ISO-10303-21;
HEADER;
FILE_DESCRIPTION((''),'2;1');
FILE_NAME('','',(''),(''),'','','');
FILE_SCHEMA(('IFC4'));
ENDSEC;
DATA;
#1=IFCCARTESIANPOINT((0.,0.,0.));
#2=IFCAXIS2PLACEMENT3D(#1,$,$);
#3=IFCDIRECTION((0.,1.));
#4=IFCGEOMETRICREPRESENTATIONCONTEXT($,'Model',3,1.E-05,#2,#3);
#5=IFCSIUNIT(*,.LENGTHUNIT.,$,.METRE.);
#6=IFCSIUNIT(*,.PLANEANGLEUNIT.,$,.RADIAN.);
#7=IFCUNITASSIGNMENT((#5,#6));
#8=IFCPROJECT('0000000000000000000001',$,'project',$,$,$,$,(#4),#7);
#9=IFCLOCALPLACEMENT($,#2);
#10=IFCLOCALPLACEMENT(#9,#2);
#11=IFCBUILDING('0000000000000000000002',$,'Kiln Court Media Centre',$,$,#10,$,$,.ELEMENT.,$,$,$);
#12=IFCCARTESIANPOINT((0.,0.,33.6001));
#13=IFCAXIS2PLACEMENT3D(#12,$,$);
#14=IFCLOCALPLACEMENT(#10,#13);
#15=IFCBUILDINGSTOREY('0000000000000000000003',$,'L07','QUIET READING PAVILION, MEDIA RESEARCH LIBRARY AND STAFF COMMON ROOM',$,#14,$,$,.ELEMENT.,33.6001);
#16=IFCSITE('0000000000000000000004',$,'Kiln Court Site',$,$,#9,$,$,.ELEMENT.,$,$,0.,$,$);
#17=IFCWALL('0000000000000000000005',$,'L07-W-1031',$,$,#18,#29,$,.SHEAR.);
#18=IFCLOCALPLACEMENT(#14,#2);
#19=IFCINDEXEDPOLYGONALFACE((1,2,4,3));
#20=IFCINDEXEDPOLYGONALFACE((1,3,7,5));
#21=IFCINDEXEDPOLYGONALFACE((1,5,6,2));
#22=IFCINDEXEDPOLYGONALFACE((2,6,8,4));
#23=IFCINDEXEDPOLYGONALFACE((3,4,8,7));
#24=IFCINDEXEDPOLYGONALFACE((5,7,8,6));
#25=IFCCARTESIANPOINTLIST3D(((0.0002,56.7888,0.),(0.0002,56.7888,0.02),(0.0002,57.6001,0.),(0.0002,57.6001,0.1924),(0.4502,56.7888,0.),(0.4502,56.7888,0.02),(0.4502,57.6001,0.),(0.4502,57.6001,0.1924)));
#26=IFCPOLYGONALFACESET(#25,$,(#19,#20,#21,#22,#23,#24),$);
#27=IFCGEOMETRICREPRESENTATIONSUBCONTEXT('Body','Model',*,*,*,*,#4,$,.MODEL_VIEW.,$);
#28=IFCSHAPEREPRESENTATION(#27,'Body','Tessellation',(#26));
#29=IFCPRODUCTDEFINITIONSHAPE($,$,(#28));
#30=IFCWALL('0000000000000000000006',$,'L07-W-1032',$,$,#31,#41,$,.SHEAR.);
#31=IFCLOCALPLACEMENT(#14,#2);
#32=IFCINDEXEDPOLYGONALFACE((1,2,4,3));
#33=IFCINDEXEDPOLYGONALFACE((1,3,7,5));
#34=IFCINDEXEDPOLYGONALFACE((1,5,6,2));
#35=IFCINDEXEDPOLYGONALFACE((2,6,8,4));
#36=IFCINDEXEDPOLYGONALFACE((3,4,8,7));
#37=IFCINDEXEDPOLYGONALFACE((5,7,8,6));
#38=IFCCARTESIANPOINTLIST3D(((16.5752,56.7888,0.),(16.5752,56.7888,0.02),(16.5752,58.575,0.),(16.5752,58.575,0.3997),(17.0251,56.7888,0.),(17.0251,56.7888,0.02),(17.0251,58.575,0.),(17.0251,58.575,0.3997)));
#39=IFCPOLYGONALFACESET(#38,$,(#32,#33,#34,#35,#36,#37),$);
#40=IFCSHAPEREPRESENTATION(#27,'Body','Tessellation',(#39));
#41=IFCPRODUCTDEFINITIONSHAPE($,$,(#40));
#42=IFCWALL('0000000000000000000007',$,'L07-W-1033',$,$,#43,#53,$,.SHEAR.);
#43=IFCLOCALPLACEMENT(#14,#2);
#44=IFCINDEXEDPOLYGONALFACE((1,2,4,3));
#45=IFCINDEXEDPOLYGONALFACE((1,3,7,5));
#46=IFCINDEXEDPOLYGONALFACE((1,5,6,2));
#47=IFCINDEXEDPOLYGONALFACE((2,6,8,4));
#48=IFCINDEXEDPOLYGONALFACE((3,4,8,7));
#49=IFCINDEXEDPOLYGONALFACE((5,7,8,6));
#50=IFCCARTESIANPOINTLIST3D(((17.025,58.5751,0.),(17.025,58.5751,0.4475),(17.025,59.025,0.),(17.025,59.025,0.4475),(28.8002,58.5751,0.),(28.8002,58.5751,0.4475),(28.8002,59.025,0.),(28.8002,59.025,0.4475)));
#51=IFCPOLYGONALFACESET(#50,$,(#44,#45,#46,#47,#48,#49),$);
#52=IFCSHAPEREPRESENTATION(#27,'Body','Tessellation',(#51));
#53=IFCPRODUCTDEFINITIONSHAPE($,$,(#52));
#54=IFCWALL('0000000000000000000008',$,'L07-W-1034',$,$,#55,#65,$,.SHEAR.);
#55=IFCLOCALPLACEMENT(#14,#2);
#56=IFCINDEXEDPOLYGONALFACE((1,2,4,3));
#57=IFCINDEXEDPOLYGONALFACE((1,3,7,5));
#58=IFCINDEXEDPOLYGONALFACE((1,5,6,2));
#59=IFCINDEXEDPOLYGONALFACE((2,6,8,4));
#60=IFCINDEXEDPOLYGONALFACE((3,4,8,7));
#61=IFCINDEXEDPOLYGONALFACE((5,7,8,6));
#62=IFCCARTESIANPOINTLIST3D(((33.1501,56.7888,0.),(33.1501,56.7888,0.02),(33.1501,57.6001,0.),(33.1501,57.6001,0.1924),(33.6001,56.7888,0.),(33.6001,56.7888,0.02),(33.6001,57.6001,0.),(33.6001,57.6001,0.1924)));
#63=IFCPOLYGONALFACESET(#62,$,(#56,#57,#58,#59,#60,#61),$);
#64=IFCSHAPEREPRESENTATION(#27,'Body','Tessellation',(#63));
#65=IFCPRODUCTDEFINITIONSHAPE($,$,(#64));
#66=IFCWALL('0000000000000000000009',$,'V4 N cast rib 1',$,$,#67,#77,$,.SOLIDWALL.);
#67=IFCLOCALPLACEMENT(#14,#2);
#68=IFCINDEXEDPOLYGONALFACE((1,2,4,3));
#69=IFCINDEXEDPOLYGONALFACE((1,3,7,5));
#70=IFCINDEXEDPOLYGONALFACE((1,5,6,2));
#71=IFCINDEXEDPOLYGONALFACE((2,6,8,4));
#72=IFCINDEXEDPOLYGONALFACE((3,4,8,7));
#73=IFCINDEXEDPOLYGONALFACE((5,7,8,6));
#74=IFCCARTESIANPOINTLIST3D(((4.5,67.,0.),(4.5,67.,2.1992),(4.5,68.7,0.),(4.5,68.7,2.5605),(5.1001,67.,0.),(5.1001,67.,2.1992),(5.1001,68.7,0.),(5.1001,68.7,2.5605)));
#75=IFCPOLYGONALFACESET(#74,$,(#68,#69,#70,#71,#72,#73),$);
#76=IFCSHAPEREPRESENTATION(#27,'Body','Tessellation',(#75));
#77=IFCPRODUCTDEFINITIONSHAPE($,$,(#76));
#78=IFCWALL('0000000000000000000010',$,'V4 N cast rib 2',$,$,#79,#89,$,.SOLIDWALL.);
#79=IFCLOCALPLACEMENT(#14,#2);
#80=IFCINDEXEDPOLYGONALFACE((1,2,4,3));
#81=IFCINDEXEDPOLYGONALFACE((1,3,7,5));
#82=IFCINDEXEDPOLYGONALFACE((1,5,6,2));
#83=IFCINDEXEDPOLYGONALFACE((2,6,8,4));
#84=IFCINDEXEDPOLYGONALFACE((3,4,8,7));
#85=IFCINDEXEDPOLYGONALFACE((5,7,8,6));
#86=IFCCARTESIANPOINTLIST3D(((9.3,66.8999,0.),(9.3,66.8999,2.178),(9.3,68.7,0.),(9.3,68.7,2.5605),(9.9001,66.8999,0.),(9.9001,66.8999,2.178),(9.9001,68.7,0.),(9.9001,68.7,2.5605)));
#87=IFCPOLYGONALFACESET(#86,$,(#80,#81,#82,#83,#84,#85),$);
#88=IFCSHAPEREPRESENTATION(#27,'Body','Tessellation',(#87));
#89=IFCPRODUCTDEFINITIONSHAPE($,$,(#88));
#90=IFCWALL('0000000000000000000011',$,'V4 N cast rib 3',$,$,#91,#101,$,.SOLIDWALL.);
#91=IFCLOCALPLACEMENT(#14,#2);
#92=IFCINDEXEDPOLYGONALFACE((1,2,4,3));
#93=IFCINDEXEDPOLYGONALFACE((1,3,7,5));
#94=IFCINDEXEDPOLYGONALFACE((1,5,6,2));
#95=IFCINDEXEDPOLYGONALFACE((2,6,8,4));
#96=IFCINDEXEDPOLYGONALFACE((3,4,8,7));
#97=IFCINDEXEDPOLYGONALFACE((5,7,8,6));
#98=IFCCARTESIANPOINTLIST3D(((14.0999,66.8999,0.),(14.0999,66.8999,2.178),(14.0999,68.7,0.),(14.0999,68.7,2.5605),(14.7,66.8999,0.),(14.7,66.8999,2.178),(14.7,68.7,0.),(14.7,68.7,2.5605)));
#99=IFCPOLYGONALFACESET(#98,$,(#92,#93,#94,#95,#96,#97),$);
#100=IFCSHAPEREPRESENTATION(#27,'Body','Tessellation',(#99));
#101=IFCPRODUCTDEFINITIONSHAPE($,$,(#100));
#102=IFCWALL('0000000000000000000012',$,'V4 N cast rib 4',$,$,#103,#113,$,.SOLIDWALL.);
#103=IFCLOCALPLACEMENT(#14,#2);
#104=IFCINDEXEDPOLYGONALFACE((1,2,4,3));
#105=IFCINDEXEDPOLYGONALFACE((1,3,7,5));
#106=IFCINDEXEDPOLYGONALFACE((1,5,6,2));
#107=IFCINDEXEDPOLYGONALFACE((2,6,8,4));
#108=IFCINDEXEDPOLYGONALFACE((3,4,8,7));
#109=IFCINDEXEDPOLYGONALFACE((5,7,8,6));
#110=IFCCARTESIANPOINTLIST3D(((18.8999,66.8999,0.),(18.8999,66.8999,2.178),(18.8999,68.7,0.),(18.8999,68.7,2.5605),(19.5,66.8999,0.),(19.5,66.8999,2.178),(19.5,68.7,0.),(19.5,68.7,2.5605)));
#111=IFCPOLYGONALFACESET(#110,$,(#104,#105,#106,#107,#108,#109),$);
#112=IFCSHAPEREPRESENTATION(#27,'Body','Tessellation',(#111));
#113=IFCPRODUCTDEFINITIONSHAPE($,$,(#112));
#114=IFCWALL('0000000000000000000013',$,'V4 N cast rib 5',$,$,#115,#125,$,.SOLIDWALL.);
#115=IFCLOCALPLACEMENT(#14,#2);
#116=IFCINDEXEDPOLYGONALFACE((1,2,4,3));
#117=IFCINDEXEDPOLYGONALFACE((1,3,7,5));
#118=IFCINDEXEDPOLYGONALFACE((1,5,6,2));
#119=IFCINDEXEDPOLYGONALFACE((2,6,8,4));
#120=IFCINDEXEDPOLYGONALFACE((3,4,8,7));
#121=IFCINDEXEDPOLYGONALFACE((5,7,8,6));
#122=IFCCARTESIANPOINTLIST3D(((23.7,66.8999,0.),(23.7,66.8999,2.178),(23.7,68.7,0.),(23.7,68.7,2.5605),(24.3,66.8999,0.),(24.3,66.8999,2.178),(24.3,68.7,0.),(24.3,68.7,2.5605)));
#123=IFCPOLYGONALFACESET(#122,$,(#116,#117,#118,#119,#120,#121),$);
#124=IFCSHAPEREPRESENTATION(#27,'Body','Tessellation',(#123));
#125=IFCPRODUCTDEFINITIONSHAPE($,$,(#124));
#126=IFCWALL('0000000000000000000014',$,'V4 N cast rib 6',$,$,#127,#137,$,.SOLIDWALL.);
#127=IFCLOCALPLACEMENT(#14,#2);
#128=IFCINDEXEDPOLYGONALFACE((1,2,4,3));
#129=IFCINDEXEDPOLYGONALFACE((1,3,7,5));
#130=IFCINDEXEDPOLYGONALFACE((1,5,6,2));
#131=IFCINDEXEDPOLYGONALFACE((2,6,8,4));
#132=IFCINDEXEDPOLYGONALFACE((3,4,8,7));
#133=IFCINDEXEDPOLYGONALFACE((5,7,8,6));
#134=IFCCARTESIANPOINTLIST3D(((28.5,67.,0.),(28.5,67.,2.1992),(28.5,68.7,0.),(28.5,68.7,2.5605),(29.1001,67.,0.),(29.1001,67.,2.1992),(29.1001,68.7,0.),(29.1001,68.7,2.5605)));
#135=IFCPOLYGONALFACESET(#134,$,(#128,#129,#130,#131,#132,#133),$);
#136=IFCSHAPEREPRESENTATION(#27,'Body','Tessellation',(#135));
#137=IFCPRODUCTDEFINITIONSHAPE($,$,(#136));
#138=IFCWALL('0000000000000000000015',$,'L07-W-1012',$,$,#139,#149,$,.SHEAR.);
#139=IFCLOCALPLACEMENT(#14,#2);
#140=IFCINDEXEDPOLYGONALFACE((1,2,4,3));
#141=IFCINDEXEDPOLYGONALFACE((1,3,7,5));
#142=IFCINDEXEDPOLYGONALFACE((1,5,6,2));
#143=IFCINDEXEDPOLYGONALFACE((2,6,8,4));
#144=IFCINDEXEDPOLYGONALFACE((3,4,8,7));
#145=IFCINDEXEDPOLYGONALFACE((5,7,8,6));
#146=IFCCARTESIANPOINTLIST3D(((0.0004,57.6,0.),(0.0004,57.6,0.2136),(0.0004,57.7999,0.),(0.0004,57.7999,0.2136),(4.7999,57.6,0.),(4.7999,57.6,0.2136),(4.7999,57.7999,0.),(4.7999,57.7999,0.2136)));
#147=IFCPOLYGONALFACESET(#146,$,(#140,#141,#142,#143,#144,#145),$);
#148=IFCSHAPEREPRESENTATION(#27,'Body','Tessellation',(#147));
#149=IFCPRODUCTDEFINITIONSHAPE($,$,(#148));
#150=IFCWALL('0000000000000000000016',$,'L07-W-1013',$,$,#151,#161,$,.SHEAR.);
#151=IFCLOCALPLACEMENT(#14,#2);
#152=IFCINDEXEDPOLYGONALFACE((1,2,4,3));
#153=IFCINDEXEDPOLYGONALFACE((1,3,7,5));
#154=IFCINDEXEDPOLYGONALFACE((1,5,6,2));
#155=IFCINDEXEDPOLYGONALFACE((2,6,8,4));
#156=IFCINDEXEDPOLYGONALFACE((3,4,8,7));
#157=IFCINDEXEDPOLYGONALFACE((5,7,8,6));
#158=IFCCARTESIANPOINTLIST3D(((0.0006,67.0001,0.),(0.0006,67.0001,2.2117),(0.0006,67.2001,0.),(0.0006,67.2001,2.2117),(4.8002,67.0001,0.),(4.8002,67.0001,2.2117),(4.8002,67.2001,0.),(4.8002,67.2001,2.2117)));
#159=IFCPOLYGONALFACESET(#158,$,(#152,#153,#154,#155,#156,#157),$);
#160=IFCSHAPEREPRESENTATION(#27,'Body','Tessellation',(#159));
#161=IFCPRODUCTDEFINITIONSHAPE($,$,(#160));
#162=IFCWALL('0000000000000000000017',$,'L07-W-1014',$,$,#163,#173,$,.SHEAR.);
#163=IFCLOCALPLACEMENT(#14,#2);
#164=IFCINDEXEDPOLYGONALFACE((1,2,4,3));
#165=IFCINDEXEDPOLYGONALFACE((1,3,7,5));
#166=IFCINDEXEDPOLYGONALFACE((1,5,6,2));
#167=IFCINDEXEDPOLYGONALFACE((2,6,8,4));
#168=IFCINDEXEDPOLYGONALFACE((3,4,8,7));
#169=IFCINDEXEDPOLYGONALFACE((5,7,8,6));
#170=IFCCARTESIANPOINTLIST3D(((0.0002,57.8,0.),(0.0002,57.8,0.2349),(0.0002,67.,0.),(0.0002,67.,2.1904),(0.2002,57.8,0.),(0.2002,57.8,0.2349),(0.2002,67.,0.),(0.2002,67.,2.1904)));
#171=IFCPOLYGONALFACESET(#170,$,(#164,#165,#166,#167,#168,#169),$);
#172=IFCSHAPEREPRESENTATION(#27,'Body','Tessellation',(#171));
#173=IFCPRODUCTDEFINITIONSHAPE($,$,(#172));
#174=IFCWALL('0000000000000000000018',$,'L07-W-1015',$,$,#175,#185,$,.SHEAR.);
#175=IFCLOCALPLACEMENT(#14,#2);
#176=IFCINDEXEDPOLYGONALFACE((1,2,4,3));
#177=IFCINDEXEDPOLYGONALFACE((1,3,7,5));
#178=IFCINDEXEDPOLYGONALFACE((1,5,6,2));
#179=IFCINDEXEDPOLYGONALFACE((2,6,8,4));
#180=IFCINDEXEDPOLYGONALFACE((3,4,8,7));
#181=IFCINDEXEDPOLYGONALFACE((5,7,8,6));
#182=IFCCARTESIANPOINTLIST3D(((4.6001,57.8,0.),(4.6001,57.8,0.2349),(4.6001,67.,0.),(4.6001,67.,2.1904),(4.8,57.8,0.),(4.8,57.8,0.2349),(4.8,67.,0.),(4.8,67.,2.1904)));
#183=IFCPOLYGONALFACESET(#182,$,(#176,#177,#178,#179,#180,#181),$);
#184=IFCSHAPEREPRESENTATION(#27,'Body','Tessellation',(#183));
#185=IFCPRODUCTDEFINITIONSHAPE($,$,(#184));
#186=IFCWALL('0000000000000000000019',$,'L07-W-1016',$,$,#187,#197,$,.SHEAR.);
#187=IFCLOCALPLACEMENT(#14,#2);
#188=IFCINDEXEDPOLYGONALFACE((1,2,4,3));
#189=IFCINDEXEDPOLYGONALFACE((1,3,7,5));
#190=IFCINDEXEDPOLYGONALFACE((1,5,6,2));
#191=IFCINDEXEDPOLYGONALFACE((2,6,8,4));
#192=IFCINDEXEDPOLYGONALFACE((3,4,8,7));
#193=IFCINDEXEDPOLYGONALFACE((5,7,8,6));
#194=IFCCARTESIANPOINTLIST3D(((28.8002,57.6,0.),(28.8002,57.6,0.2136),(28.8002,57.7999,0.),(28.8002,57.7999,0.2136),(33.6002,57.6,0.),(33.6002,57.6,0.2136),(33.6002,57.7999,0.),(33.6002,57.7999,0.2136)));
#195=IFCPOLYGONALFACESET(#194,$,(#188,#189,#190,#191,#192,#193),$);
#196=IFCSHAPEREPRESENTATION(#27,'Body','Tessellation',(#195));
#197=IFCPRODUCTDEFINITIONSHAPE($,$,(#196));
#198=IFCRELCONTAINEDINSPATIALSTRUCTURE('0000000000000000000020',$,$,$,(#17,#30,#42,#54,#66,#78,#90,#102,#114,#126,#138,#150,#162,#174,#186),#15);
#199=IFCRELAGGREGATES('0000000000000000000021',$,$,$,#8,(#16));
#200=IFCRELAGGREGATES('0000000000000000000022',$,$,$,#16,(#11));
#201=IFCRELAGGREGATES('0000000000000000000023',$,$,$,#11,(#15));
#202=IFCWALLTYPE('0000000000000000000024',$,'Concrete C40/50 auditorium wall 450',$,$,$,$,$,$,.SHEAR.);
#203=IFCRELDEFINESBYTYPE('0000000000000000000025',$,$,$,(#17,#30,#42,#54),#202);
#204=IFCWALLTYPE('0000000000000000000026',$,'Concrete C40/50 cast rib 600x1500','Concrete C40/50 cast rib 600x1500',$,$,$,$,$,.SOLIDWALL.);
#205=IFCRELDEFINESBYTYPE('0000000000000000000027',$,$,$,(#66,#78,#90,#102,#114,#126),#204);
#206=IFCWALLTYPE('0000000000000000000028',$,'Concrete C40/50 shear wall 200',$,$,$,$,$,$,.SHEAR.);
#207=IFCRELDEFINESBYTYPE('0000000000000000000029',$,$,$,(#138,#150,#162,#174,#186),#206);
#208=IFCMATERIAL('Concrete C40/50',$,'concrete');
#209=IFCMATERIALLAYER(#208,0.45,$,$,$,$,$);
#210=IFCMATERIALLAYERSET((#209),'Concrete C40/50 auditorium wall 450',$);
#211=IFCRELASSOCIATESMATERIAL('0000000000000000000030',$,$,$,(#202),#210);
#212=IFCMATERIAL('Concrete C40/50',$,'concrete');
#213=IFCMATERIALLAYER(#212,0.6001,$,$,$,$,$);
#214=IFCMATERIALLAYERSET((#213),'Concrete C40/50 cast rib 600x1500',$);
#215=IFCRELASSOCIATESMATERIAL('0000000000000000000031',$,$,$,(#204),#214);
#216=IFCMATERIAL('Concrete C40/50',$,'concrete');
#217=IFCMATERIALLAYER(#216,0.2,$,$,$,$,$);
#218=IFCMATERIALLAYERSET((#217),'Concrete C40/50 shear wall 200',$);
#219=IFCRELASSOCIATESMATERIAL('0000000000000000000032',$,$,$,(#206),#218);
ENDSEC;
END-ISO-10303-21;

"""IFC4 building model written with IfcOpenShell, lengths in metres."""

from ifc_helpers import new_model, si_unit, direction, frame, frame_2d, origin, place, context, subcontext, project, spatial, polyline, rectangle, outline, extrude, material, layer, layer_set, type_object, element, save


model = new_model("IFC4")

# Units and contexts
model_context = context("Model", 3, precision=1e-05, world=origin(), true_north=direction((0.0, 1.0)))
body_context = subcontext(model_context, "Body", "Model", "MODEL_VIEW")
ifc_project = project(units=[si_unit("LENGTHUNIT", "METRE"), si_unit("PLANEANGLEUNIT", "RADIAN")], contexts=[model_context])

# Site, building, storey
site_placement = place(None, origin())
site = spatial("IfcSite", under=ifc_project, at=site_placement, Name="Kiln Court Site", CompositionType="ELEMENT", RefElevation=0.0)
building_placement = place(site_placement, origin())
building = spatial("IfcBuilding", under=site, at=building_placement, Name="Kiln Court Media Centre", CompositionType="ELEMENT")
storey_placement = place(building_placement, frame((0.0, 0.0, 33.6001)))
storey = spatial("IfcBuildingStorey", under=building, at=storey_placement, Name="L07", Description="QUIET READING PAVILION, MEDIA RESEARCH LIBRARY AND STAFF COMMON ROOM", CompositionType="ELEMENT", Elevation=33.6001)

# Walls
ifc_material_1 = material(Name="Concrete C40/50", Category="concrete")
ifc_layer_1 = layer(ifc_material_1, 0.45)
ifc_layer_set_1 = layer_set([ifc_layer_1], Name="Concrete C40/50 auditorium wall 450")
wall_type_1 = type_object("IfcWallType", Name="Concrete C40/50 auditorium wall 450", PredefinedType="SHEAR", material=ifc_layer_set_1)
wall_1_placement = place(storey_placement, frame((0.2253, 56.7888, 0.0), z_axis=(0.0, 0.0, 1.0), x_axis=(0.0, 1.0, 0.0)))
element("IfcWall", 1, at=wall_1_placement, inside=storey, type_object=wall_type_1, Name="L07-W-1031", PredefinedType="SHEAR", context=body_context, shape_type="SweptSolid", body=[
    extrude(outline(polyline([(0.0, 0.0), (0.8113, 0.0), (0.8113, 0.1924), (0.0, 0.02), (0.0, 0.0)])), frame((0.0, 0.2251, 0.0), z_axis=(0.0, -1.0, 0.0), x_axis=(1.0, 0.0, 0.0)), (0.0, 0.0, 1.0), 0.45),
])
wall_2_placement = place(storey_placement, frame((16.8, 58.575, 0.0), z_axis=(0.0, 0.0, 1.0), x_axis=(0.0, -1.0, 0.0)))
element("IfcWall", 2, at=wall_2_placement, inside=storey, type_object=wall_type_1, Name="L07-W-1032", PredefinedType="SHEAR", context=body_context, shape_type="SweptSolid", body=[
    extrude(outline(polyline([(0.0, 0.0), (1.7861, 0.0), (1.7861, 0.02), (0.0, 0.3997), (0.0, 0.0)])), frame((0.0, 0.2251, 0.0), z_axis=(0.0, -1.0, 0.0), x_axis=(1.0, 0.0, 0.0)), (0.0, 0.0, 1.0), 0.45),
])
wall_3_placement = place(storey_placement, frame((17.0249, 58.8, 0.0), z_axis=(0.0, 0.0, 1.0), x_axis=(1.0, 0.0, 0.0)))
element("IfcWall", 3, at=wall_3_placement, inside=storey, type_object=wall_type_1, Name="L07-W-1033", PredefinedType="SHEAR", context=body_context, shape_type="SweptSolid", body=[
    extrude(rectangle(XDim=11.7751, YDim=0.45, at=frame_2d((5.8877, 0.0))), origin(), (0.0, 0.0, 1.0), 0.4475),
])
wall_4_placement = place(storey_placement, frame((33.375, 57.6001, 0.0), z_axis=(0.0, 0.0, 1.0), x_axis=(0.0, -1.0, 0.0)))
element("IfcWall", 4, at=wall_4_placement, inside=storey, type_object=wall_type_1, Name="L07-W-1034", PredefinedType="SHEAR", context=body_context, shape_type="SweptSolid", body=[
    extrude(outline(polyline([(0.0, 0.0), (0.8113, 0.0), (0.8113, 0.02), (0.0, 0.1924), (0.0, 0.0)])), frame((0.0, 0.2251, 0.0), z_axis=(0.0, -1.0, 0.0), x_axis=(1.0, 0.0, 0.0)), (0.0, 0.0, 1.0), 0.45),
])
ifc_material_2 = material(Name="Concrete C40/50", Category="concrete")
ifc_layer_2 = layer(ifc_material_2, 0.6001)
ifc_layer_set_2 = layer_set([ifc_layer_2], Name="Concrete C40/50 cast rib 600x1500")
wall_type_2 = type_object("IfcWallType", Name="Concrete C40/50 cast rib 600x1500", Description="Concrete C40/50 cast rib 600x1500", PredefinedType="SOLIDWALL", material=ifc_layer_set_2)
wall_5_placement = place(storey_placement, frame((4.8, 67.0, 0.0), z_axis=(0.0, 0.0, 1.0), x_axis=(0.0, 1.0, 0.0)))
element("IfcWall", 5, at=wall_5_placement, inside=storey, type_object=wall_type_2, Name="V4 N cast rib 1", PredefinedType="SOLIDWALL", context=body_context, shape_type="SweptSolid", body=[
    extrude(outline(polyline([(0.0, 0.0), (1.7, 0.0), (1.7, 2.5605), (0.0, 2.1992), (0.0, 0.0)])), frame((0.0, 0.3, 0.0), z_axis=(0.0, -1.0, 0.0), x_axis=(1.0, 0.0, 0.0)), (0.0, 0.0, 1.0), 0.6001),
])
for number, where, z_axis, x_axis, name in (
    (6, (9.6001, 66.8999, 0.0), (0.0, 0.0, 1.0), (0.0, 1.0, 0.0), "V4 N cast rib 2"),
    (7, (14.3999, 66.8999, 0.0), (0.0, 0.0, 1.0), (0.0, 1.0, 0.0), "V4 N cast rib 3"),
    (8, (19.2, 66.8999, 0.0), (0.0, 0.0, 1.0), (0.0, 1.0, 0.0), "V4 N cast rib 4"),
    (9, (24.0, 66.8999, 0.0), (0.0, 0.0, 1.0), (0.0, 1.0, 0.0), "V4 N cast rib 5"),
):
    element("IfcWall", number, at=place(storey_placement, frame(where, z_axis=z_axis, x_axis=x_axis)), inside=storey, type_object=wall_type_2, Name=name, PredefinedType="SOLIDWALL", context=body_context, shape_type="SweptSolid", body=[
        extrude(outline(polyline([(0.0, 0.0), (1.8, 0.0), (1.8, 2.5605), (0.0, 2.178), (0.0, 0.0)])), frame((0.0, 0.3, 0.0), z_axis=(0.0, -1.0, 0.0), x_axis=(1.0, 0.0, 0.0)), (0.0, 0.0, 1.0), 0.6001),
    ])
wall_6_placement = place(storey_placement, frame((28.8, 67.0, 0.0), z_axis=(0.0, 0.0, 1.0), x_axis=(0.0, 1.0, 0.0)))
element("IfcWall", 10, at=wall_6_placement, inside=storey, type_object=wall_type_2, Name="V4 N cast rib 6", PredefinedType="SOLIDWALL", context=body_context, shape_type="SweptSolid", body=[
    extrude(outline(polyline([(0.0, 0.0), (1.7, 0.0), (1.7, 2.5605), (0.0, 2.1992), (0.0, 0.0)])), frame((0.0, 0.3, 0.0), z_axis=(0.0, -1.0, 0.0), x_axis=(1.0, 0.0, 0.0)), (0.0, 0.0, 1.0), 0.6001),
])
ifc_material_3 = material(Name="Concrete C40/50", Category="concrete")
ifc_layer_3 = layer(ifc_material_3, 0.2)
ifc_layer_set_3 = layer_set([ifc_layer_3], Name="Concrete C40/50 shear wall 200")
wall_type_3 = type_object("IfcWallType", Name="Concrete C40/50 shear wall 200", PredefinedType="SHEAR", material=ifc_layer_set_3)
wall_7_placement = place(storey_placement, frame((4.8, 57.7, 0.0), z_axis=(0.0, 0.0, 1.0), x_axis=(-1.0, 0.0, 0.0)))
element("IfcWall", 11, at=wall_7_placement, inside=storey, type_object=wall_type_3, Name="L07-W-1012", PredefinedType="SHEAR", context=body_context, shape_type="SweptSolid", body=[
    extrude(rectangle(XDim=4.7996, YDim=0.2, at=frame_2d((2.3999, 0.0))), origin(), (0.0, 0.0, 1.0), 0.2136),
])
wall_8_placement = place(storey_placement, frame((0.0005, 67.1001, 0.0), z_axis=(0.0, 0.0, 1.0), x_axis=(1.0, 0.0, 0.0)))
element("IfcWall", 12, at=wall_8_placement, inside=storey, type_object=wall_type_3, Name="L07-W-1013", PredefinedType="SHEAR", context=body_context, shape_type="SweptSolid", body=[
    extrude(rectangle(XDim=4.7996, YDim=0.2, at=frame_2d((2.3999, 0.0))), origin(), (0.0, 0.0, 1.0), 2.2117),
])
wall_9_placement = place(storey_placement, frame((0.1003, 57.8, 0.0), z_axis=(0.0, 0.0, 1.0), x_axis=(0.0, 1.0, 0.0)))
element("IfcWall", 13, at=wall_9_placement, inside=storey, type_object=wall_type_3, Name="L07-W-1014", PredefinedType="SHEAR", context=body_context, shape_type="SweptSolid", body=[
    extrude(outline(polyline([(0.0, 0.0), (9.2, 0.0), (9.2, 2.1904), (0.0, 0.2349), (0.0, 0.0)])), frame((0.0, 0.1001, 0.0), z_axis=(0.0, -1.0, 0.0), x_axis=(1.0, 0.0, 0.0)), (0.0, 0.0, 1.0), 0.2),
])
wall_10_placement = place(storey_placement, frame((4.7, 67.0, 0.0), z_axis=(0.0, 0.0, 1.0), x_axis=(0.0, -1.0, 0.0)))
element("IfcWall", 14, at=wall_10_placement, inside=storey, type_object=wall_type_3, Name="L07-W-1015", PredefinedType="SHEAR", context=body_context, shape_type="SweptSolid", body=[
    extrude(outline(polyline([(0.0, 0.0), (9.2, 0.0), (9.2, 0.2349), (0.0, 2.1904), (0.0, 0.0)])), frame((0.0, 0.1001, 0.0), z_axis=(0.0, -1.0, 0.0), x_axis=(1.0, 0.0, 0.0)), (0.0, 0.0, 1.0), 0.2),
])
wall_11_placement = place(storey_placement, frame((33.6001, 57.7, 0.0), z_axis=(0.0, 0.0, 1.0), x_axis=(-1.0, 0.0, 0.0)))
element("IfcWall", 15, at=wall_11_placement, inside=storey, type_object=wall_type_3, Name="L07-W-1016", PredefinedType="SHEAR", context=body_context, shape_type="SweptSolid", body=[
    extrude(rectangle(XDim=4.8, YDim=0.2, at=frame_2d((2.3999, 0.0))), origin(), (0.0, 0.0, 1.0), 0.2136),
])

save(model, "model.ifc")
